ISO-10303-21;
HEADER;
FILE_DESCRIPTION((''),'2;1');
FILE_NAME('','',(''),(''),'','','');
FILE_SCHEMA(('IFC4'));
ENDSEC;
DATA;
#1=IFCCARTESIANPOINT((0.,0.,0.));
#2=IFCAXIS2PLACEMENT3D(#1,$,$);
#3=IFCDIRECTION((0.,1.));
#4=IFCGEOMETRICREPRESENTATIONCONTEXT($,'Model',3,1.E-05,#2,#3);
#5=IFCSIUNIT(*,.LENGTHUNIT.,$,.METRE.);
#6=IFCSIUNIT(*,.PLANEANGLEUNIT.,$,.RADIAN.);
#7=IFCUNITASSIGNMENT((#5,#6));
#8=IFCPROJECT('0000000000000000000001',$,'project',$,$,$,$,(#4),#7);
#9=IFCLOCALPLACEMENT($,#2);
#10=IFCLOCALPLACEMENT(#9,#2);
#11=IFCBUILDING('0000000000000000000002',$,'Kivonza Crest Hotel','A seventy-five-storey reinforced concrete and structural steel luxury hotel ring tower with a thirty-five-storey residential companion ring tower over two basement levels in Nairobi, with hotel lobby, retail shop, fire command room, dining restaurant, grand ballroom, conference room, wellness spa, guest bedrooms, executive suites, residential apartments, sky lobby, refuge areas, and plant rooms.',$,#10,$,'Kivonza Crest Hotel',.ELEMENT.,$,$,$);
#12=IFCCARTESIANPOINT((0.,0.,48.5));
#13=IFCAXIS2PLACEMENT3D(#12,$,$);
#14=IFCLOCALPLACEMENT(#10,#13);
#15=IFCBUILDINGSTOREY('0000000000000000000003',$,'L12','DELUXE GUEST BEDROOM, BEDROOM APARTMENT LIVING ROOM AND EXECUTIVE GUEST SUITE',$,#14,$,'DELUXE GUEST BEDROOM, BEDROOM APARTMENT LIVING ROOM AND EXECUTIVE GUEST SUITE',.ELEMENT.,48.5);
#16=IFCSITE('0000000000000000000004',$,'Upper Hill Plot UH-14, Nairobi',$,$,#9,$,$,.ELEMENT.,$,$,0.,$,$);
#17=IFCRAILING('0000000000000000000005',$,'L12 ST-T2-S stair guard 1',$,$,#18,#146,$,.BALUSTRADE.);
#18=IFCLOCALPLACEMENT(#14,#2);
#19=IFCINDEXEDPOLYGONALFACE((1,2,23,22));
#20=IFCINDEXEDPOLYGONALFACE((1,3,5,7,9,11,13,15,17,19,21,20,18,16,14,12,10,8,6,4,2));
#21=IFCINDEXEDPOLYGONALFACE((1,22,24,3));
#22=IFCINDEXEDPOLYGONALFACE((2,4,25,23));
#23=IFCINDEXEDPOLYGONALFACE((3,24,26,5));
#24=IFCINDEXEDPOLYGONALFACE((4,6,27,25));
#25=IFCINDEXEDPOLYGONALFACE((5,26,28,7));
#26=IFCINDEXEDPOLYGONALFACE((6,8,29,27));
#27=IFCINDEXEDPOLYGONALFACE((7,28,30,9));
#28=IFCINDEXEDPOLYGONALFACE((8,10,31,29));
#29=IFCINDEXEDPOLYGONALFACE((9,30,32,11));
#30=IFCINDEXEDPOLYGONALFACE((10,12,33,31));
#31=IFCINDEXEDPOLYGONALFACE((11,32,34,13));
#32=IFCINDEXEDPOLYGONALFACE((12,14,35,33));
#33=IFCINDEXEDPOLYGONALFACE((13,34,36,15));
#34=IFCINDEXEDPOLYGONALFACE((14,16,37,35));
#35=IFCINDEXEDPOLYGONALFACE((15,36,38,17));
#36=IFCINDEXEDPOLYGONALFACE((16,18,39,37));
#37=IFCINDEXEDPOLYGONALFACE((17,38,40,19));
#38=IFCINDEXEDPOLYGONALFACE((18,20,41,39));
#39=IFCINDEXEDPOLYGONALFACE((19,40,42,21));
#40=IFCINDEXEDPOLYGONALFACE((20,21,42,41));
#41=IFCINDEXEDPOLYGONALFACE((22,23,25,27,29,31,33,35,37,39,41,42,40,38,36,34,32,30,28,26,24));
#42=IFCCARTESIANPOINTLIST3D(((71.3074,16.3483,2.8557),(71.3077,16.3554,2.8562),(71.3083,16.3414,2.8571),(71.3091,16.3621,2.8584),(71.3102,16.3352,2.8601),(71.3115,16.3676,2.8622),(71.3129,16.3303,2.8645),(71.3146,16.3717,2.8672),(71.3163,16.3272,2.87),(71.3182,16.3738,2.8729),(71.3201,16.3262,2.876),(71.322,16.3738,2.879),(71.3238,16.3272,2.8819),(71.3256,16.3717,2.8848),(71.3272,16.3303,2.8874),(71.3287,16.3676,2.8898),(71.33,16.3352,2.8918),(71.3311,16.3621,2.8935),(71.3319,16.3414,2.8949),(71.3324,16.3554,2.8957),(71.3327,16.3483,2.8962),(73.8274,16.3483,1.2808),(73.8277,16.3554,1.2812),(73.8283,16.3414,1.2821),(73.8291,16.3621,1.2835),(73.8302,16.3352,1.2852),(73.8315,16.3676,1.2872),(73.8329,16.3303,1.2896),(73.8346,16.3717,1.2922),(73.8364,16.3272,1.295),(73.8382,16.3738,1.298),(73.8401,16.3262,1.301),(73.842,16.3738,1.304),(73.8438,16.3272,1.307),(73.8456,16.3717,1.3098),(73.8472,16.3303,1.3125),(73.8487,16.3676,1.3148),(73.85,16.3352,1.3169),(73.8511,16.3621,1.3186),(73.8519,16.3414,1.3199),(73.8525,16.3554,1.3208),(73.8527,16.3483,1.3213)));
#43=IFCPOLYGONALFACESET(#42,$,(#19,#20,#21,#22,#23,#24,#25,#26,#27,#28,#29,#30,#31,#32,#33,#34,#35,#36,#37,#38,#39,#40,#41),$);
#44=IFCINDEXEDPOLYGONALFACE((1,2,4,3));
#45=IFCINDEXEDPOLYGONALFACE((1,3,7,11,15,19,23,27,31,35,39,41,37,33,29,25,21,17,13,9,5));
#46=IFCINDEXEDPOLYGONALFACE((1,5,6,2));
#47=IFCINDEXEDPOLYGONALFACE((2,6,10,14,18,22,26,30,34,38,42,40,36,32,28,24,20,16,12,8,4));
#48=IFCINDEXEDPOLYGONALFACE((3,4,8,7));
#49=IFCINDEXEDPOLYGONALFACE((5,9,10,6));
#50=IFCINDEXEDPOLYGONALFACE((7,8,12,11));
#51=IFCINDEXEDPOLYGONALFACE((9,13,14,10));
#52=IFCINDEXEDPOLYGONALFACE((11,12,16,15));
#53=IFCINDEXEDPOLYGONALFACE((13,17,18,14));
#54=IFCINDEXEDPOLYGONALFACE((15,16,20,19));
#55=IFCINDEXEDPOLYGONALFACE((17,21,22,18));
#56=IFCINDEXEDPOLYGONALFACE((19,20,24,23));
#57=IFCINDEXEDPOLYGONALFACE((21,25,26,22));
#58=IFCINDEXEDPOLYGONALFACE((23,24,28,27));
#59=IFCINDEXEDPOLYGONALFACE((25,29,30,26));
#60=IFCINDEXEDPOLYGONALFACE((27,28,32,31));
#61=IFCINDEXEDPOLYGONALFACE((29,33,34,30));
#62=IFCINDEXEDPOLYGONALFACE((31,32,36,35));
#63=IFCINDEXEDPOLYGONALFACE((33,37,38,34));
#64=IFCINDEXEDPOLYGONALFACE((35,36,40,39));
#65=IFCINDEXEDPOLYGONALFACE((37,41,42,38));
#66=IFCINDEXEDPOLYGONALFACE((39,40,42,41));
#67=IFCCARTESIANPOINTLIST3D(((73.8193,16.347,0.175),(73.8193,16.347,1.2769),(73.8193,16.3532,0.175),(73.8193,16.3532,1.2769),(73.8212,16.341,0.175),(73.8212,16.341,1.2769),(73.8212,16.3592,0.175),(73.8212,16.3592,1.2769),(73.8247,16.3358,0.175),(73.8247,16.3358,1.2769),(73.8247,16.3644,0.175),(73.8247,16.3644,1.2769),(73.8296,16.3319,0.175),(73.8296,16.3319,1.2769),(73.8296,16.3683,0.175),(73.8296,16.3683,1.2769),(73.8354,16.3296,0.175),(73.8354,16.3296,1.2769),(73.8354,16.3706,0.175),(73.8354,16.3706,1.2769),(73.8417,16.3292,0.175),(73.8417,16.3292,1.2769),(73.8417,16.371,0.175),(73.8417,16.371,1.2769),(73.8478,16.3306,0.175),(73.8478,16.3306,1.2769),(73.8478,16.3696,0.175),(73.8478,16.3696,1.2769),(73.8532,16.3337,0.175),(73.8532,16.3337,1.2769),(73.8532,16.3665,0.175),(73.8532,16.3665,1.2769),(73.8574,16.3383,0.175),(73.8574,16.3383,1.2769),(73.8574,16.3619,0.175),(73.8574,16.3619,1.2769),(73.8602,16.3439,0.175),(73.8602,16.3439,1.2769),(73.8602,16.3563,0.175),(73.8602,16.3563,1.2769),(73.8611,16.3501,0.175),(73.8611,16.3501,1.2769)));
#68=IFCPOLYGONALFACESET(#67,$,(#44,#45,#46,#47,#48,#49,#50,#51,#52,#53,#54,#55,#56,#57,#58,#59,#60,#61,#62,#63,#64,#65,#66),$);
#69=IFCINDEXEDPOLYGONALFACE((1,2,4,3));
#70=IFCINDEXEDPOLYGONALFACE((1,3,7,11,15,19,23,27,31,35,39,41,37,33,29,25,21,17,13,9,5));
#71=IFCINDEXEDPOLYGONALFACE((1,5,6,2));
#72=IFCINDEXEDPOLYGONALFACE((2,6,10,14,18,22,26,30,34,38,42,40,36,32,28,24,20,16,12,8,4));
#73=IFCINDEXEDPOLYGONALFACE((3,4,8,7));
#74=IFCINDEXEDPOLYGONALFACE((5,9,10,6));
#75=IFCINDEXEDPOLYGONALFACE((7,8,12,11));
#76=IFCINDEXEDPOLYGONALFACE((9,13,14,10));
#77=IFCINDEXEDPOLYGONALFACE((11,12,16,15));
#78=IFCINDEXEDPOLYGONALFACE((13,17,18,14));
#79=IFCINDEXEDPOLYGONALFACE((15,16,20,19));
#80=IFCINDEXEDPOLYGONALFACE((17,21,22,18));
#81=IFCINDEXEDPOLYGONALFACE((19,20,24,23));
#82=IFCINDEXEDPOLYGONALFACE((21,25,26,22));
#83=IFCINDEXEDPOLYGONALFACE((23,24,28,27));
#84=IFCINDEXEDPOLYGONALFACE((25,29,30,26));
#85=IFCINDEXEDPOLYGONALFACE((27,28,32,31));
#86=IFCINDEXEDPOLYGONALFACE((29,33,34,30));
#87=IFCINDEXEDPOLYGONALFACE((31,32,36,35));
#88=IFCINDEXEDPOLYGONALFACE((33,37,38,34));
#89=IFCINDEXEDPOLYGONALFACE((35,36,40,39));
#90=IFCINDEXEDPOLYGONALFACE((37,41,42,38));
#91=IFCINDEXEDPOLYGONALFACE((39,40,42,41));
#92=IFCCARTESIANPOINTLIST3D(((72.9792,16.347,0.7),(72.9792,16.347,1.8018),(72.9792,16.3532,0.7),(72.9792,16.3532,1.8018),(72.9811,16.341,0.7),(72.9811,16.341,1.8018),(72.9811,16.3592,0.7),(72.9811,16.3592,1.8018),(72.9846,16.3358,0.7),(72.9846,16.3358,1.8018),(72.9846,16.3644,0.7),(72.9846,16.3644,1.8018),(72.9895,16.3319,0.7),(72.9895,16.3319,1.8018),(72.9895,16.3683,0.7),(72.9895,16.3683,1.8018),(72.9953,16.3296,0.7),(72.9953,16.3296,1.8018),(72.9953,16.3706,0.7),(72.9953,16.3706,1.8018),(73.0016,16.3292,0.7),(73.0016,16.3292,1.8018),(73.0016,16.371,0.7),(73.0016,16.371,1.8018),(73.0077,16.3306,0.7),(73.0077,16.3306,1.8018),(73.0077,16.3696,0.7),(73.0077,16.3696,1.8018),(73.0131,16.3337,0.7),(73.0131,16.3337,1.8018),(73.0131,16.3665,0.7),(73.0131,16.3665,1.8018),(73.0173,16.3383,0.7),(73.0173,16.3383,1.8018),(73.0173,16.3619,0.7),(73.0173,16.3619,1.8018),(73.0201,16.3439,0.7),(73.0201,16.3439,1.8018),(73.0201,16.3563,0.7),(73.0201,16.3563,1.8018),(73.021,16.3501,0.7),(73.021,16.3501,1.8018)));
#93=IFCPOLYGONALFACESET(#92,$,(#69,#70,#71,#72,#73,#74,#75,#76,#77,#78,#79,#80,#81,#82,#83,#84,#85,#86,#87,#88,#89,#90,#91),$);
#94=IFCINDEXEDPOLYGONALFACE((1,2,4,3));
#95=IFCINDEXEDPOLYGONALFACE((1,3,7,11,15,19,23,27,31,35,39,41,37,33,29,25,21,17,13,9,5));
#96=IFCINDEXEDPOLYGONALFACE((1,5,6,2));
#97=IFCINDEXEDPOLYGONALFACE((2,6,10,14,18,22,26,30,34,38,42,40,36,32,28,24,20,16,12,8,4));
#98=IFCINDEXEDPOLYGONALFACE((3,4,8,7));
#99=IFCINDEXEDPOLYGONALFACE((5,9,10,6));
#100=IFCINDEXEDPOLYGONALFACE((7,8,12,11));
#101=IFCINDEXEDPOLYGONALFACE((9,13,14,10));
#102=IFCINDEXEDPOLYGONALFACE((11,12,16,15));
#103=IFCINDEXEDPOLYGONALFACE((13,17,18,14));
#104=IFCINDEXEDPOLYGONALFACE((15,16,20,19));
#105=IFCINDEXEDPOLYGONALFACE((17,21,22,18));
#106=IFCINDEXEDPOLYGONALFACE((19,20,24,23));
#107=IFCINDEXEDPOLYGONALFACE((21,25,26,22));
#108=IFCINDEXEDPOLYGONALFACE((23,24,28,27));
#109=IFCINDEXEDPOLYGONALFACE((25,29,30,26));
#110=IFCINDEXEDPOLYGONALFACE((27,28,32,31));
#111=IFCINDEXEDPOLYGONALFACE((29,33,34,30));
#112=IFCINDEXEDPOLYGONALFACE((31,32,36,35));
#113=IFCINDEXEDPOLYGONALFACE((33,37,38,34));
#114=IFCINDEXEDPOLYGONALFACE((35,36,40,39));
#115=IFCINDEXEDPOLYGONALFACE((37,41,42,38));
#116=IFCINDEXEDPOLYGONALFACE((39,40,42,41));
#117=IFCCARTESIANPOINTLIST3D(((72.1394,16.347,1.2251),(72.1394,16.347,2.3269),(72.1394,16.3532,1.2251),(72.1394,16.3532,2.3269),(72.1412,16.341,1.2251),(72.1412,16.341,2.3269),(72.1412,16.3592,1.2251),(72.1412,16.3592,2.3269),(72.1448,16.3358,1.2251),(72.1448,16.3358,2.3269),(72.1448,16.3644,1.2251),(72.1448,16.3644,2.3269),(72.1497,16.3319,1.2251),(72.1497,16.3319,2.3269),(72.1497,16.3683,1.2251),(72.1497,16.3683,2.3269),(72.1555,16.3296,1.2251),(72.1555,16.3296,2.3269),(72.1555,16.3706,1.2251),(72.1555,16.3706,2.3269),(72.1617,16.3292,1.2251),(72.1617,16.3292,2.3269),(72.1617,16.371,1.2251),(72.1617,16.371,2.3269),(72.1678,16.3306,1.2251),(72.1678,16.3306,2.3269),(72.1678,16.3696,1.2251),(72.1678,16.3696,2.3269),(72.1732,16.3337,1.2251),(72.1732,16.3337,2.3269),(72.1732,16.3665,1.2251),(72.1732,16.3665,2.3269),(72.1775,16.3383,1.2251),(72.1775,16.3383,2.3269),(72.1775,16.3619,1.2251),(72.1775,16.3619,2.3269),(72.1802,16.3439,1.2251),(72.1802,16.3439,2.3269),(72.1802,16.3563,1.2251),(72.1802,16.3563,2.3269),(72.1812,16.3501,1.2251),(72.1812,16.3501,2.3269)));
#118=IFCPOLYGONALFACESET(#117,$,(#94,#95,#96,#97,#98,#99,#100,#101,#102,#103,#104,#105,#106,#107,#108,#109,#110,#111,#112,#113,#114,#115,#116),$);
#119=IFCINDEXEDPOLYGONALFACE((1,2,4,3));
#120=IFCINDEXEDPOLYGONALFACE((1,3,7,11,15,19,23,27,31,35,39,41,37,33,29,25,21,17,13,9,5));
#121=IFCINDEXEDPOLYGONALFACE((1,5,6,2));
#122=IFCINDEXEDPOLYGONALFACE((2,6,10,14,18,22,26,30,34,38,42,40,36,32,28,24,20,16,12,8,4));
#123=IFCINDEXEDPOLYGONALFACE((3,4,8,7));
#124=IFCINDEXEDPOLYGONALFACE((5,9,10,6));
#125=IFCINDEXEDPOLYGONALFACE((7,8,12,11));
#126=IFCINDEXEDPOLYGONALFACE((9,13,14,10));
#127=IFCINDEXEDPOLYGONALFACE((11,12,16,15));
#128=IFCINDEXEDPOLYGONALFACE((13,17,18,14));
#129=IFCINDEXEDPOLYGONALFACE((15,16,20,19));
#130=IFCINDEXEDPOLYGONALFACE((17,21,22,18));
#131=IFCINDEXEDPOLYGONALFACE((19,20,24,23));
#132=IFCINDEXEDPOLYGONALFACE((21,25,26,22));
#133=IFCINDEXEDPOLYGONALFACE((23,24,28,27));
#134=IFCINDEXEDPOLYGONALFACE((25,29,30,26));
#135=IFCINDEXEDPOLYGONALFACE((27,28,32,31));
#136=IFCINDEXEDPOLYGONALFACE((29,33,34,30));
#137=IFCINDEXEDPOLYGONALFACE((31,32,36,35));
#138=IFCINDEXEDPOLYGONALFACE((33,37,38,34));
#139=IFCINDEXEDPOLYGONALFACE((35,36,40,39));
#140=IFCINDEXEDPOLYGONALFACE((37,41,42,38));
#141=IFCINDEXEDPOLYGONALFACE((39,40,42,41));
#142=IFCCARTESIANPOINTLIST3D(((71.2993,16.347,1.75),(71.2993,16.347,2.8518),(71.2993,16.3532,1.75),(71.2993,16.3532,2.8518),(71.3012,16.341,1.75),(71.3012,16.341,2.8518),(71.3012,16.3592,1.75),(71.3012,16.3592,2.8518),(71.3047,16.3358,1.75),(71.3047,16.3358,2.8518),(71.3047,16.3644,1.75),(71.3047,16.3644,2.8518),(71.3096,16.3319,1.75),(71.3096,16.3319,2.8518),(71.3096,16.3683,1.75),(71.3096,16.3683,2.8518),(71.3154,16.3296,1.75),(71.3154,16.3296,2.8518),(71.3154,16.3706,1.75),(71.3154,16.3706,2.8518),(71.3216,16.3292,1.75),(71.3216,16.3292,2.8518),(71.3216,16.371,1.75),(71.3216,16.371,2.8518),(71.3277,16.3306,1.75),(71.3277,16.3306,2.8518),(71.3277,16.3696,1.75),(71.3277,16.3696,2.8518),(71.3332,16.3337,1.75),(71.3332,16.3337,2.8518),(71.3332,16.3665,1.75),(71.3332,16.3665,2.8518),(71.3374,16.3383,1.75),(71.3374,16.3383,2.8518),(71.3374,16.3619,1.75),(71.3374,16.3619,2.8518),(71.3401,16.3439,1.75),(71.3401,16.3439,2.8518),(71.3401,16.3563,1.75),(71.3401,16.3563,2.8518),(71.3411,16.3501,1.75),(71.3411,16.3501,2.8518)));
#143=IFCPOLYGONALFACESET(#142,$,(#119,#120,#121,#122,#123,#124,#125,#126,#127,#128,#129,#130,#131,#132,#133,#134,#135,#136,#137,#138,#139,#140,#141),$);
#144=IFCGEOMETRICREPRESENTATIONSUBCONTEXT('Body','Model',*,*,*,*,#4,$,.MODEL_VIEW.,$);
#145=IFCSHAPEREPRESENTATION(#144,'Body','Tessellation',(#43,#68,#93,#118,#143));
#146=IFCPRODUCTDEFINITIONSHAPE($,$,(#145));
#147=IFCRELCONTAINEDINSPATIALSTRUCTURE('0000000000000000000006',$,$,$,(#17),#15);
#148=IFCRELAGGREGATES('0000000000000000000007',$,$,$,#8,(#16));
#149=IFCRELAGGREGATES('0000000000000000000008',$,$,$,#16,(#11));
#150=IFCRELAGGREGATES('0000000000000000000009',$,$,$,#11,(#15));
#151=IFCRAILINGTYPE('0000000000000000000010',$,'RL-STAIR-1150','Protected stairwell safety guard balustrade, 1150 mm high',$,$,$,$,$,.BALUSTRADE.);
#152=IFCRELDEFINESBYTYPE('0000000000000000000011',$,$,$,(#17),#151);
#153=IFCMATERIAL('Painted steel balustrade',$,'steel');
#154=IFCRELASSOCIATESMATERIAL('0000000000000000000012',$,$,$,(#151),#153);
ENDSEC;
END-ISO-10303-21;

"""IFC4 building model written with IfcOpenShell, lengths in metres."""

from ifc_helpers import new_model, si_unit, direction, frame, origin, origin_2d, place, context, subcontext, project, spatial, circle, extrude, material, type_object, element, save


model = new_model("IFC4")

# Units and contexts
model_context = context("Model", 3, precision=1e-05, world=origin(), true_north=direction((0.0, 1.0)))
body_context = subcontext(model_context, "Body", "Model", "MODEL_VIEW")
ifc_project = project(units=[si_unit("LENGTHUNIT", "METRE"), si_unit("PLANEANGLEUNIT", "RADIAN")], contexts=[model_context])

# Site, building, storey
site_placement = place(None, origin())
site = spatial("IfcSite", under=ifc_project, at=site_placement, Name="Upper Hill Plot UH-14, Nairobi", CompositionType="ELEMENT", RefElevation=0.0)
building_placement = place(site_placement, origin())
building = spatial("IfcBuilding", under=site, at=building_placement, Name="Kivonza Crest Hotel", Description="A seventy-five-storey reinforced concrete and structural steel luxury hotel ring tower with a thirty-five-storey residential companion ring tower over two basement levels in Nairobi, with hotel lobby, retail shop, fire command room, dining restaurant, grand ballroom, conference room, wellness spa, guest bedrooms, executive suites, residential apartments, sky lobby, refuge areas, and plant rooms.", LongName="Kivonza Crest Hotel", CompositionType="ELEMENT")
storey_placement = place(building_placement, frame((0.0, 0.0, 48.5)))
storey = spatial("IfcBuildingStorey", under=building, at=storey_placement, Name="L12", Description="DELUXE GUEST BEDROOM, BEDROOM APARTMENT LIVING ROOM AND EXECUTIVE GUEST SUITE", LongName="DELUXE GUEST BEDROOM, BEDROOM APARTMENT LIVING ROOM AND EXECUTIVE GUEST SUITE", CompositionType="ELEMENT", Elevation=48.5)

# Railing
ifc_material_1 = material(Name="Painted steel balustrade", Category="steel")
railing_type_1 = type_object("IfcRailingType", Name="RL-STAIR-1150", Description="Protected stairwell safety guard balustrade, 1150 mm high", PredefinedType="BALUSTRADE", material=ifc_material_1)
railing_1_placement = place(storey_placement, frame((73.8401, 16.3501, 0.175)))
element("IfcRailing", 1, at=railing_1_placement, inside=storey, type_object=railing_type_1, Name="L12 ST-T2-S stair guard 1", PredefinedType="BALUSTRADE", context=body_context, shape_type="SweptSolid", body=[
    extrude(circle(Radius=0.0239, at=origin_2d()), frame((0.0, 0.0, 1.126), z_axis=(-0.848008, 0.0, 0.529984), x_axis=(0.0, -1.0, 0.0)), (0.0, 0.0, 1.0), 2.9717),
    extrude(circle(Radius=0.021, at=origin_2d()), origin(), (0.0, 0.0, 1.0), 1.1018),
    extrude(circle(Radius=0.021, at=origin_2d()), frame((-0.8401, 0.0, 0.5249)), (0.0, 0.0, 1.0), 1.1018),
    extrude(circle(Radius=0.021, at=origin_2d()), frame((-1.6799, 0.0, 1.05)), (0.0, 0.0, 1.0), 1.1018),
    extrude(circle(Radius=0.021, at=origin_2d()), frame((-2.52, 0.0, 1.575)), (0.0, 0.0, 1.0), 1.1018),
])

save(model, "model.ifc")
